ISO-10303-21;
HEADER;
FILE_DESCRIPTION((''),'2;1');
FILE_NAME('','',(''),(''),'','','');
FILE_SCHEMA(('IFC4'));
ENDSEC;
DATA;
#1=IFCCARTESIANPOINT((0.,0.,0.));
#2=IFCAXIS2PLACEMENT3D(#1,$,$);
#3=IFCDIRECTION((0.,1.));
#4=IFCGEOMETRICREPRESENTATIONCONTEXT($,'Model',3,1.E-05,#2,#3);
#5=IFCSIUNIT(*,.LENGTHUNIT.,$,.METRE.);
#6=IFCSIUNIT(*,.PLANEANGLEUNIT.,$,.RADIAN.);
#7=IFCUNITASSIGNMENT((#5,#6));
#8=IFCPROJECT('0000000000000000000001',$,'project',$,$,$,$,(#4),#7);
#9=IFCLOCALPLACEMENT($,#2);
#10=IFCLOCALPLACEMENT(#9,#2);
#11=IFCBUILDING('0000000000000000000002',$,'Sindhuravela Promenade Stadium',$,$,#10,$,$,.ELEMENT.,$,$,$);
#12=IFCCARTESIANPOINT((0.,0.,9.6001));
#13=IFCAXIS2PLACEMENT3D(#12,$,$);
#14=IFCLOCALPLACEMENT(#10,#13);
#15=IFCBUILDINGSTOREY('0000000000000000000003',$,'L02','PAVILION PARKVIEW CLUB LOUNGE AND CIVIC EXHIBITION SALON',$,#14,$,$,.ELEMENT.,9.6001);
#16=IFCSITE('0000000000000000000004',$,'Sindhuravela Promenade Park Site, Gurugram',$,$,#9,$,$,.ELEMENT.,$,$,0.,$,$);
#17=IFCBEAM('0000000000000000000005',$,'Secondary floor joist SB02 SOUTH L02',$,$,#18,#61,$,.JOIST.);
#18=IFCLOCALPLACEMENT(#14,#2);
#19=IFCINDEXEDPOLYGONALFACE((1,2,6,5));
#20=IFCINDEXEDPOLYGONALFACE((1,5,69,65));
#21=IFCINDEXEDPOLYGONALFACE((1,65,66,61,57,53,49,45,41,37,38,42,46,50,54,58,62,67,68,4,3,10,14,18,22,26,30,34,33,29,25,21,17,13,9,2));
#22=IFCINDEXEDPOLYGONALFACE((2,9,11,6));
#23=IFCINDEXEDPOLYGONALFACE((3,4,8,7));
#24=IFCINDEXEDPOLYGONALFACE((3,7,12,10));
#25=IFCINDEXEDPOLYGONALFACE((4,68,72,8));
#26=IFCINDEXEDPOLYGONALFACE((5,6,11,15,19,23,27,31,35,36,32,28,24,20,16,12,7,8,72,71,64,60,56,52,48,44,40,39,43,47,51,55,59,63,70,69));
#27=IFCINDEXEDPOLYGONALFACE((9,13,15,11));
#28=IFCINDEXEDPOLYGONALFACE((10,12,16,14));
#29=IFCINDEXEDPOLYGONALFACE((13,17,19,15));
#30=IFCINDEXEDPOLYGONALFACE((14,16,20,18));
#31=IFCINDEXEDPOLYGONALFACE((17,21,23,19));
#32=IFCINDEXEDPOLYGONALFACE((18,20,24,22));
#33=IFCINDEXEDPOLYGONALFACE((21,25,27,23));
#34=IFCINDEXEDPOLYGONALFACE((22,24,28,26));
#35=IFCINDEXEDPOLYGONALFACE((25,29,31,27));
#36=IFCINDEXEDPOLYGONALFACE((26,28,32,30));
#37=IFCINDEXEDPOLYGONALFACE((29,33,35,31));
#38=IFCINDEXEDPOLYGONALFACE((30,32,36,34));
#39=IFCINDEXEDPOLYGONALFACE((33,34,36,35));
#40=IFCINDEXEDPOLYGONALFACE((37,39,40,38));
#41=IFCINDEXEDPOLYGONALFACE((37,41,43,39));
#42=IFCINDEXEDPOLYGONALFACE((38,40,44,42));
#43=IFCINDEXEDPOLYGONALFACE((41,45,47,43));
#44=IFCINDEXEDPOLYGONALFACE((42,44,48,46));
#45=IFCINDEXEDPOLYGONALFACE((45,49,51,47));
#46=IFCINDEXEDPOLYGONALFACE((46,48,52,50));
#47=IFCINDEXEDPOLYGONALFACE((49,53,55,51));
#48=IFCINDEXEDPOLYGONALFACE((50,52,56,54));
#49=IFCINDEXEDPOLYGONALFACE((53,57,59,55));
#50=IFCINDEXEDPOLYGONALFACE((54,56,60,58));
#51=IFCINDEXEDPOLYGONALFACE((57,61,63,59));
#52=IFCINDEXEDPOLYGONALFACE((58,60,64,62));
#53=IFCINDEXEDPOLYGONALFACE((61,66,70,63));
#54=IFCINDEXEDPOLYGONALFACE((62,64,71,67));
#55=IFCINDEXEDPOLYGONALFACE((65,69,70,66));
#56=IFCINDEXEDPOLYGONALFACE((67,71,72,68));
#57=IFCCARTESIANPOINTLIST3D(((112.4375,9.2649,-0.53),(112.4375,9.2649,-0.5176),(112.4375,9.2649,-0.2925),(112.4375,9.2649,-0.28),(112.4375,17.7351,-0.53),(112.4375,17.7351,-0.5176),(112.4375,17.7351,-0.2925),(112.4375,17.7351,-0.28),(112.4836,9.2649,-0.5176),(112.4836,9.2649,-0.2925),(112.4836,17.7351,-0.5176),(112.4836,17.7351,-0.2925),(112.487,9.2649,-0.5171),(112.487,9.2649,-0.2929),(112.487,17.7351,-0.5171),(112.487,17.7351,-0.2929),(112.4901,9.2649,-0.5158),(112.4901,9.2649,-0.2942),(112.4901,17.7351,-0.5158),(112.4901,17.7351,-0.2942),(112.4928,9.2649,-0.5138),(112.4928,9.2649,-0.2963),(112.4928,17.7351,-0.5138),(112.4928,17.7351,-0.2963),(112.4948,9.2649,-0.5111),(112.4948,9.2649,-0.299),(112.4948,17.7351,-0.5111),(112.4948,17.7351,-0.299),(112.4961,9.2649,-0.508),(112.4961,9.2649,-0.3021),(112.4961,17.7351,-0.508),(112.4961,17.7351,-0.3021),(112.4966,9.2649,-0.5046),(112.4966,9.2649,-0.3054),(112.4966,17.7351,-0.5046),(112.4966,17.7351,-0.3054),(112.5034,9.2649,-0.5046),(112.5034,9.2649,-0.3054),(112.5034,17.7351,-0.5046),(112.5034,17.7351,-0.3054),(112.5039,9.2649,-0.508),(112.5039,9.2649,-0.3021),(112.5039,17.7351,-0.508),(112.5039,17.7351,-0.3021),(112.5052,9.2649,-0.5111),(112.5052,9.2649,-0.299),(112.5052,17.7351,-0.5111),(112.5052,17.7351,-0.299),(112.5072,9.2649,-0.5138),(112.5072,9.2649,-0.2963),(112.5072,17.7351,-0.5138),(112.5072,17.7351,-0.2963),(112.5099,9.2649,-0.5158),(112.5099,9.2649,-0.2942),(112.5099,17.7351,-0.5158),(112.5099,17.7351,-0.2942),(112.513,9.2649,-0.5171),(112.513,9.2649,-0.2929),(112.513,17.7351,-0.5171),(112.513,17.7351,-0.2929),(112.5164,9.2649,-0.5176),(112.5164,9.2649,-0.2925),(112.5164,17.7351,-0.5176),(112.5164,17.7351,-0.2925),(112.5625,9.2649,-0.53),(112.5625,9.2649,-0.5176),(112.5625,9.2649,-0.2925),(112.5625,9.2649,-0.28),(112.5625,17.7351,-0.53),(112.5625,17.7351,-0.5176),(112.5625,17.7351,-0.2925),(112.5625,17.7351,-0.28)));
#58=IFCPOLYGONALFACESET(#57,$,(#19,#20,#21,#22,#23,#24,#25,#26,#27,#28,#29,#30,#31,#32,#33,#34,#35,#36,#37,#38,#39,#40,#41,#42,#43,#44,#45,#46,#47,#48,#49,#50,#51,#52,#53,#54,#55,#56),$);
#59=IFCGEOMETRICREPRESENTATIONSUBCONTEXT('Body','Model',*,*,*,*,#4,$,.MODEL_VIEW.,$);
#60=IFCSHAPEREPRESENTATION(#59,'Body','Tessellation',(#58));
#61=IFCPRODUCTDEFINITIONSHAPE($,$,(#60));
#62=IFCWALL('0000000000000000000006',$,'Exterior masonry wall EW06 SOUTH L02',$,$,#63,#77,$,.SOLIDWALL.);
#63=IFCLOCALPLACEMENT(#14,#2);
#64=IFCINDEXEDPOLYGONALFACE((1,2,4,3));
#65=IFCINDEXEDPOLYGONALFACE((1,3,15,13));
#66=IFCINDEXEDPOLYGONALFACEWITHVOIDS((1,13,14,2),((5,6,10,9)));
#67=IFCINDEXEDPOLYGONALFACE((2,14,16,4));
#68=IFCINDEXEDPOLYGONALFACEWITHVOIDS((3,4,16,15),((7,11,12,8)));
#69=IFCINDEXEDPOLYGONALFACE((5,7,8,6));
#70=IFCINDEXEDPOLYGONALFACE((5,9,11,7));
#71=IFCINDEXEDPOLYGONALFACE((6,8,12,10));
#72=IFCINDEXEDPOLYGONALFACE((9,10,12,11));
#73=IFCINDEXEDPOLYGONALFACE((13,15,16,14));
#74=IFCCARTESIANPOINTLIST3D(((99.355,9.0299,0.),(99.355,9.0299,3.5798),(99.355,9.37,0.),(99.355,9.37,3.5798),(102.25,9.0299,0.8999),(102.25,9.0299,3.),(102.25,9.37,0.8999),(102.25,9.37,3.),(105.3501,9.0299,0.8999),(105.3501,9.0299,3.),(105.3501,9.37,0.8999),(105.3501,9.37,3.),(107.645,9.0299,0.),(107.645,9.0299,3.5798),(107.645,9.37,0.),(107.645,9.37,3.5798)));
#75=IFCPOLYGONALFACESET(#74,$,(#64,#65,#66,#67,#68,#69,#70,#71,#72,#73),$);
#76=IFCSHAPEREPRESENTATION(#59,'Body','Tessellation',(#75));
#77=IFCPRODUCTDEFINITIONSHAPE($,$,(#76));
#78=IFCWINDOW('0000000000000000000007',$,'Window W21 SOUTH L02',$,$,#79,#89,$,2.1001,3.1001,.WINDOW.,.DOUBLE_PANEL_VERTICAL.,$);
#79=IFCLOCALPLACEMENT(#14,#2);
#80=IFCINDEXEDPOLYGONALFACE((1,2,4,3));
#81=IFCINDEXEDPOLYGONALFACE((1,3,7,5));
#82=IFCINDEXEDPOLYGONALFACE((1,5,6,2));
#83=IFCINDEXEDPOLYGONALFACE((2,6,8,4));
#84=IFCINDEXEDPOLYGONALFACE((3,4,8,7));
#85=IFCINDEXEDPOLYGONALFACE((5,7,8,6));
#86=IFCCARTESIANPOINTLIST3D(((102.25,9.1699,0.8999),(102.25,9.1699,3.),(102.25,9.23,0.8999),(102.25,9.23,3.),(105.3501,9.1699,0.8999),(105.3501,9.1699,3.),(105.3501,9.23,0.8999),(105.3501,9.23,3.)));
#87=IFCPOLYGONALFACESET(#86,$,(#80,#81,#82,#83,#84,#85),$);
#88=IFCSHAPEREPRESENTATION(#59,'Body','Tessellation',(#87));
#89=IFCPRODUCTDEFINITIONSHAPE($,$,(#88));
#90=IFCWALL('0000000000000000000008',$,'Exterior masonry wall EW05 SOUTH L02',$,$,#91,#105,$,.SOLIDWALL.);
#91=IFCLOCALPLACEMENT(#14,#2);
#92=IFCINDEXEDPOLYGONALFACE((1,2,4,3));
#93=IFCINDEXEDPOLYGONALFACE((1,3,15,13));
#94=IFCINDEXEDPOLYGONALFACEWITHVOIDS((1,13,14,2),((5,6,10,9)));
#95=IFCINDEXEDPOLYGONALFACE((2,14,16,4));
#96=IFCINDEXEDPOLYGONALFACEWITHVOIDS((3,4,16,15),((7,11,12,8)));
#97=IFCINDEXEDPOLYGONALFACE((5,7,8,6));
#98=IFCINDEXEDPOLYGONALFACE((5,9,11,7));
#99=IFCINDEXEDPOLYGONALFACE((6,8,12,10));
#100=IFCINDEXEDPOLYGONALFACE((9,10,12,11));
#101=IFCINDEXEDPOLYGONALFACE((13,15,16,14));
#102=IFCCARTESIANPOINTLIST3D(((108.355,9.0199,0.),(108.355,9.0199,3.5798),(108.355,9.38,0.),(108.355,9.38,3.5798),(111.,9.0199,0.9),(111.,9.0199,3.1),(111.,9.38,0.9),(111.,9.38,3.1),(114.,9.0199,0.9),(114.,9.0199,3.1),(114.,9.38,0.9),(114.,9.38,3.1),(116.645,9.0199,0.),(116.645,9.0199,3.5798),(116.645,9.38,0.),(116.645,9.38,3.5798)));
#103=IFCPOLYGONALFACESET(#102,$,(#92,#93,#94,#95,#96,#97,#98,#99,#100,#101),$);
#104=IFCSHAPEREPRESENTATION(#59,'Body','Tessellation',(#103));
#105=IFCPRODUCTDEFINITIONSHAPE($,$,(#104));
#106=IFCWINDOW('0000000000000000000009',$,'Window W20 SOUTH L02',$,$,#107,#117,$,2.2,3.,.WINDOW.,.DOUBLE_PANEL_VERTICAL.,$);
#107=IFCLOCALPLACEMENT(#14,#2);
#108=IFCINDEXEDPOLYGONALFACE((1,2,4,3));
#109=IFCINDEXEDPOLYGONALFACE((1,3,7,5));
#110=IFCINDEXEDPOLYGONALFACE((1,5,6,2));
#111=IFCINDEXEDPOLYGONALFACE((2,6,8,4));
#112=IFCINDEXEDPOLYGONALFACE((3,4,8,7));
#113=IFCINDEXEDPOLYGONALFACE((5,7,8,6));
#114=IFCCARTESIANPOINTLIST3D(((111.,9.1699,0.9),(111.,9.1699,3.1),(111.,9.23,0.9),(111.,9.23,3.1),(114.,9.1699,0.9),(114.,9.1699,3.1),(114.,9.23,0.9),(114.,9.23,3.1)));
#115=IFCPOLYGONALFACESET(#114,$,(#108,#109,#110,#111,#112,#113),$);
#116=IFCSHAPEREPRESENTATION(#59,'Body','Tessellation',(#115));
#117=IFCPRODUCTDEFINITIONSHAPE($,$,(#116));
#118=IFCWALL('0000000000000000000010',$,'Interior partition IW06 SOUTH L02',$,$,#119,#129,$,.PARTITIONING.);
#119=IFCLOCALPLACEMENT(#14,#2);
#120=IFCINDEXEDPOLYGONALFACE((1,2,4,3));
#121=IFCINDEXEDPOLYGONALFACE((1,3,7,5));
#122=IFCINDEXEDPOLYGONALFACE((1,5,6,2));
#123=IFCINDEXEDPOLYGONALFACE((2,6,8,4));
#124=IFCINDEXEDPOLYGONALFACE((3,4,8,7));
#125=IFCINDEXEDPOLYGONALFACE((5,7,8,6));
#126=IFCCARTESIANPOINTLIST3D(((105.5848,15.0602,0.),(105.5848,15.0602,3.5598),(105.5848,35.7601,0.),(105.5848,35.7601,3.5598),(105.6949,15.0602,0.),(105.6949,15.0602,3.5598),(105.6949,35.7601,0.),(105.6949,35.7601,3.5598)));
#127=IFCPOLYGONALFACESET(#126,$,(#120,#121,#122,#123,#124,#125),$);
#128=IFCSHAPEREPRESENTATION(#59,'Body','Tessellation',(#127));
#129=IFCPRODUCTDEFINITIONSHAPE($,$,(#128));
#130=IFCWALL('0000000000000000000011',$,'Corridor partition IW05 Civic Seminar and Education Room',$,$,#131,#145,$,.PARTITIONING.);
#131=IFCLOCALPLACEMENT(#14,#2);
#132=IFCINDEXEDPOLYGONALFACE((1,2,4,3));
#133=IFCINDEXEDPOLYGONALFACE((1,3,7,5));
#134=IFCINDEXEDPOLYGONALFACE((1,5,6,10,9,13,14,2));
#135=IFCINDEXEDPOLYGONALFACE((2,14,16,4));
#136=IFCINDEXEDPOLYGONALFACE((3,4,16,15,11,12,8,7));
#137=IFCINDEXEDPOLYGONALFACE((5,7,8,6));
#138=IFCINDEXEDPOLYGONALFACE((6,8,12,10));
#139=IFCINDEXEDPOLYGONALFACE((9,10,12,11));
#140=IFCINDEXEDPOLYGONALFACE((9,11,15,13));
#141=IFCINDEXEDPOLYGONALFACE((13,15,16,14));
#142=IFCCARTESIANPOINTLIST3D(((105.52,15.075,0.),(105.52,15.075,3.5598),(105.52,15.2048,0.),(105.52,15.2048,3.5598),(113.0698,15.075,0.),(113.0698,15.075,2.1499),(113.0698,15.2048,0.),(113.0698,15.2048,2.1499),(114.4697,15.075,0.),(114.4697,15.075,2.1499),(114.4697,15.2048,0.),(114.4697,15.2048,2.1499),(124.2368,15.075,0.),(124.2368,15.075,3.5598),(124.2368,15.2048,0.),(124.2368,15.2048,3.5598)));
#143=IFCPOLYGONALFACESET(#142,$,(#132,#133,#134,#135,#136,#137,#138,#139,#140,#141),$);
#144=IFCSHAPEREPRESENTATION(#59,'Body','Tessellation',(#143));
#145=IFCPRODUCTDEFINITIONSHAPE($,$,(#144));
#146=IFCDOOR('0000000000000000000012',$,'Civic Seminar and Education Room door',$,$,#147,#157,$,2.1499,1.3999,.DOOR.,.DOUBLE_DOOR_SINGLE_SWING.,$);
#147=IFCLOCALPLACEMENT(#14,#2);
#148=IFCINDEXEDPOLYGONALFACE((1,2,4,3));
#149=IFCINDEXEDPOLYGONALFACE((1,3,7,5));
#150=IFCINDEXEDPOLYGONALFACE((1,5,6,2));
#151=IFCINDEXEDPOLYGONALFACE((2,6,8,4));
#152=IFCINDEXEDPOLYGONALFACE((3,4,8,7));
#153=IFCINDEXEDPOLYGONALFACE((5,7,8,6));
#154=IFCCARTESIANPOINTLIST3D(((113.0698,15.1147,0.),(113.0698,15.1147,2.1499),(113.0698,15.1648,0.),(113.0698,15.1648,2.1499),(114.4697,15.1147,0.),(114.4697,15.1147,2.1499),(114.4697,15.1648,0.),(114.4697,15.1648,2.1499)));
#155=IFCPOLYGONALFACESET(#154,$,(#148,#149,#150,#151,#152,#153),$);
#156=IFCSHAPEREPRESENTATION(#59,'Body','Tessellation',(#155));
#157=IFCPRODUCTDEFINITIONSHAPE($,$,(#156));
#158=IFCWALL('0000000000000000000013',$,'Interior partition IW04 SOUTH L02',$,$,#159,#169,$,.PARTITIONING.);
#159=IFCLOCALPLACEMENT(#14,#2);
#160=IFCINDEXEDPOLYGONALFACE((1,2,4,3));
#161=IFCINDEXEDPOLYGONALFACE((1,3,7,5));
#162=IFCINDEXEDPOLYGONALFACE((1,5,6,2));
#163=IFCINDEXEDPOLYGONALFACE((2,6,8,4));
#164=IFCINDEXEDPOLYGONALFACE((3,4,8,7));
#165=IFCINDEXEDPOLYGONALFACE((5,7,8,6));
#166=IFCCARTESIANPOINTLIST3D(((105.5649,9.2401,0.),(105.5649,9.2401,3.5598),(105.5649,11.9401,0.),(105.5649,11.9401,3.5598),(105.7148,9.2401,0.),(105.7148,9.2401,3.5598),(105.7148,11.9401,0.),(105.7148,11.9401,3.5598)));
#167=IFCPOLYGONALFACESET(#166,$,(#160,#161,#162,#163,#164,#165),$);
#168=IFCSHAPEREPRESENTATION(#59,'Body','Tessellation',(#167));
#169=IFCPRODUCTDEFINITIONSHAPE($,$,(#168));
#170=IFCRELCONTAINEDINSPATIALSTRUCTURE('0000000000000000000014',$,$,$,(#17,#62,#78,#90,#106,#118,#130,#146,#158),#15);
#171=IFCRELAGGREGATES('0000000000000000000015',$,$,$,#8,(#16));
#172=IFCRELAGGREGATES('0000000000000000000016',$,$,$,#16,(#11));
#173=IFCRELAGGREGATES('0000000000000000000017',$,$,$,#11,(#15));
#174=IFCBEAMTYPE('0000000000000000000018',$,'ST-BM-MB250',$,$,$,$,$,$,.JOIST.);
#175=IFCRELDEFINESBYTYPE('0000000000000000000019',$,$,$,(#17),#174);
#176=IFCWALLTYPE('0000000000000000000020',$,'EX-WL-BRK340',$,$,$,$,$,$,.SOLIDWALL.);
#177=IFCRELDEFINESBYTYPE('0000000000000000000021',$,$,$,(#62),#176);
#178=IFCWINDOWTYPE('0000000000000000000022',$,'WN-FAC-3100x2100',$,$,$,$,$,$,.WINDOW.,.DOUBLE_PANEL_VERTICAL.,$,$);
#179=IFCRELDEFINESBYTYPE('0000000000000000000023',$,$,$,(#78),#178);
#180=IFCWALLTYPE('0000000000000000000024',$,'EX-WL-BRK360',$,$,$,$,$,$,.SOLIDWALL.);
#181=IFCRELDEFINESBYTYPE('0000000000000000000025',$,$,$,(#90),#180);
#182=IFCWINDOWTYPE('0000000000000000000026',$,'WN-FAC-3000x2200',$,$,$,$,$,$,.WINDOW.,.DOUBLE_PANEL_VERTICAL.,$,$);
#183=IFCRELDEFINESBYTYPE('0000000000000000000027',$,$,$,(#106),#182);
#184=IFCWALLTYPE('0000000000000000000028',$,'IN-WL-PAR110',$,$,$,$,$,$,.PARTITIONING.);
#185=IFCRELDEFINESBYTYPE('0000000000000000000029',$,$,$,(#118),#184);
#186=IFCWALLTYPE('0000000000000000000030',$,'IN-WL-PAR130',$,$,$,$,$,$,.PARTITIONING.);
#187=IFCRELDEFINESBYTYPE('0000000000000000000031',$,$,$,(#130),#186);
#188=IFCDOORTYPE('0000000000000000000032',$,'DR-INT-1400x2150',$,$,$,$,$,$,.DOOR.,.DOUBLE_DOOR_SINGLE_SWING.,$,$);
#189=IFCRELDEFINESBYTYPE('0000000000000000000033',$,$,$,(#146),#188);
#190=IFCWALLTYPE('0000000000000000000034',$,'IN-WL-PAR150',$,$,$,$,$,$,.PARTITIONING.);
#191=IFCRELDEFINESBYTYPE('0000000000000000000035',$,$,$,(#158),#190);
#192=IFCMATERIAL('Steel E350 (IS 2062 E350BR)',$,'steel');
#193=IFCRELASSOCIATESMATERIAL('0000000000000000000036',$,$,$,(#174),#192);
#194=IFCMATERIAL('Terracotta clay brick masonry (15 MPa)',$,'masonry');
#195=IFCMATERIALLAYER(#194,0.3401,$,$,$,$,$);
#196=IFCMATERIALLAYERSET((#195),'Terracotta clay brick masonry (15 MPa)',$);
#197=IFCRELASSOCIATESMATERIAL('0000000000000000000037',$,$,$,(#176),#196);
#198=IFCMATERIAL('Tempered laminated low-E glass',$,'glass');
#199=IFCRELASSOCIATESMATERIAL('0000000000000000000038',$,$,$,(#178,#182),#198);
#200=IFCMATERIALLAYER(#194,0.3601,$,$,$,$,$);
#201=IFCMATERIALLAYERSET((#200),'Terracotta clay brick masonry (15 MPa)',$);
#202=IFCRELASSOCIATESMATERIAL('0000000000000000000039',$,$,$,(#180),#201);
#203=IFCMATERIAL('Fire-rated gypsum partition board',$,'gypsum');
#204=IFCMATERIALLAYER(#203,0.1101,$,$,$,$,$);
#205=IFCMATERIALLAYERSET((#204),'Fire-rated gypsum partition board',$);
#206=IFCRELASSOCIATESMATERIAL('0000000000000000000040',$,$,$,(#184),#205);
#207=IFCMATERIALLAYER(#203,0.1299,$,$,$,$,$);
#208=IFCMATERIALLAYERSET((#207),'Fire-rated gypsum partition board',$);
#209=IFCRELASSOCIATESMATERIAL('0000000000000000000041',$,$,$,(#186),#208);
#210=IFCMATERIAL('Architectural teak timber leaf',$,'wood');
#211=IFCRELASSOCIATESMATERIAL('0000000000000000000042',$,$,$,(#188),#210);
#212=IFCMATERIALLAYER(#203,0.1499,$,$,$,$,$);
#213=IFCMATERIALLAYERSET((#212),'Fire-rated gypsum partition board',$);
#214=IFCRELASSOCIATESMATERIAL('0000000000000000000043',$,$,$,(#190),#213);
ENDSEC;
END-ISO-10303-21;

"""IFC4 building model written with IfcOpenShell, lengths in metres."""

from ifc_helpers import new_model, si_unit, direction, frame, frame_2d, origin, origin_2d, place, context, subcontext, project, spatial, rectangle, i_section, extrude, material, layer, layer_set, material_profile, profile_set, type_object, element, fill, save


model = new_model("IFC4")

# Units and contexts
model_context = context("Model", 3, precision=1e-05, world=origin(), true_north=direction((0.0, 1.0)))
body_context = subcontext(model_context, "Body", "Model", "MODEL_VIEW")
ifc_project = project(units=[si_unit("LENGTHUNIT", "METRE"), si_unit("PLANEANGLEUNIT", "RADIAN")], contexts=[model_context])

# Site, building, storey
site_placement = place(None, origin())
site = spatial("IfcSite", under=ifc_project, at=site_placement, Name="Sindhuravela Promenade Park Site, Gurugram", CompositionType="ELEMENT", RefElevation=0.0)
building_placement = place(site_placement, origin())
building = spatial("IfcBuilding", under=site, at=building_placement, Name="Sindhuravela Promenade Stadium", CompositionType="ELEMENT")
storey_placement = place(building_placement, frame((0.0, 0.0, 9.6001)))
storey = spatial("IfcBuildingStorey", under=building, at=storey_placement, Name="L02", Description="PAVILION PARKVIEW CLUB LOUNGE AND CIVIC EXHIBITION SALON", CompositionType="ELEMENT", Elevation=9.6001)

# Beam
ifc_material_1 = material(Name="Steel E350 (IS 2062 E350BR)", Category="steel")
ifc_material_profile_1 = material_profile(ifc_material_1, i_section(OverallWidth=0.125, OverallDepth=0.25, WebThickness=0.0068, FlangeThickness=0.0125, FilletRadius=0.0129, at=origin_2d()), Name="ISMB 250")
ifc_profile_set_1 = profile_set([ifc_material_profile_1], Name="Steel E350 (IS 2062 E350BR)")
beam_type_1 = type_object("IfcBeamType", Name="ST-BM-MB250", PredefinedType="JOIST", material=ifc_profile_set_1)
beam_1_placement = place(storey_placement, frame((112.5, 9.2649, -0.405), z_axis=(0.0, 1.0, 0.0), x_axis=(-1.0, 0.0, 0.0)))
element("IfcBeam", 1, at=beam_1_placement, inside=storey, type_object=beam_type_1, Name="Secondary floor joist SB02 SOUTH L02", PredefinedType="JOIST", context=body_context, shape_type="SweptSolid", body=[
    extrude(i_section(OverallWidth=0.125, OverallDepth=0.25, WebThickness=0.0068, FlangeThickness=0.0125, FilletRadius=0.0129, at=origin_2d()), origin(), (0.0, 0.0, 1.0), 8.4702),
])

# Walls, openings, windows
ifc_material_2 = material(Name="Terracotta clay brick masonry (15 MPa)", Category="masonry")
ifc_layer_1 = layer(ifc_material_2, 0.3401)
ifc_layer_set_1 = layer_set([ifc_layer_1], Name="Terracotta clay brick masonry (15 MPa)")
wall_type_1 = type_object("IfcWallType", Name="EX-WL-BRK340", PredefinedType="SOLIDWALL", material=ifc_layer_set_1)
wall_1_placement = place(storey_placement, frame((107.645, 9.2, 0.0), z_axis=(0.0, 0.0, 1.0), x_axis=(-1.0, 0.0, 0.0)))
wall_1 = element("IfcWall", 2, at=wall_1_placement, inside=storey, type_object=wall_type_1, Name="Exterior masonry wall EW06 SOUTH L02", PredefinedType="SOLIDWALL", context=body_context, shape_type="SweptSolid", body=[
    extrude(rectangle(XDim=8.29, YDim=0.3401, at=frame_2d((4.145, 0.0))), origin(), (0.0, 0.0, 1.0), 3.5798),
])
opening_1_placement = place(wall_1_placement, frame((2.2949, 0.0, 0.8999)))
opening_1 = element("IfcOpeningElement", 3, at=opening_1_placement, cuts=wall_1, PredefinedType="OPENING", context=body_context, shape_type="SweptSolid", body=[
    extrude(rectangle(XDim=3.1001, YDim=2.1001, at=frame_2d((1.55, 1.05))), frame((0.0, 0.1799, 0.0), z_axis=(0.0, -1.0, 0.0), x_axis=(1.0, 0.0, 0.0)), (0.0, 0.0, 1.0), 0.3601),
])
ifc_material_3 = material(Name="Tempered laminated low-E glass", Category="glass")
window_type_1 = type_object("IfcWindowType", Name="WN-FAC-3100x2100", PartitioningType="DOUBLE_PANEL_VERTICAL", PredefinedType="WINDOW", material=ifc_material_3)
window_1_placement = place(opening_1_placement, origin())
window_1 = element("IfcWindow", 4, at=window_1_placement, inside=storey, type_object=window_type_1, Name="Window W21 SOUTH L02", OverallHeight=2.1001, OverallWidth=3.1001, PartitioningType="DOUBLE_PANEL_VERTICAL", PredefinedType="WINDOW", context=body_context, shape_type="SweptSolid", body=[
    extrude(rectangle(XDim=3.1001, YDim=2.1001, at=frame_2d((1.55, 1.05))), frame((0.0, 0.03, 0.0), z_axis=(0.0, -1.0, 0.0), x_axis=(1.0, 0.0, 0.0)), (0.0, 0.0, 1.0), 0.0601),
])
fill(opening_1, window_1)
ifc_layer_2 = layer(ifc_material_2, 0.3601)
ifc_layer_set_2 = layer_set([ifc_layer_2], Name="Terracotta clay brick masonry (15 MPa)")
wall_type_2 = type_object("IfcWallType", Name="EX-WL-BRK360", PredefinedType="SOLIDWALL", material=ifc_layer_set_2)
wall_2_placement = place(storey_placement, frame((116.645, 9.2, 0.0), z_axis=(0.0, 0.0, 1.0), x_axis=(-1.0, 0.0, 0.0)))
wall_2 = element("IfcWall", 5, at=wall_2_placement, inside=storey, type_object=wall_type_2, Name="Exterior masonry wall EW05 SOUTH L02", PredefinedType="SOLIDWALL", context=body_context, shape_type="SweptSolid", body=[
    extrude(rectangle(XDim=8.29, YDim=0.3601, at=frame_2d((4.145, 0.0))), origin(), (0.0, 0.0, 1.0), 3.5798),
])
opening_2_placement = place(wall_2_placement, frame((2.645, 0.0, 0.8999)))
opening_2 = element("IfcOpeningElement", 6, at=opening_2_placement, cuts=wall_2, PredefinedType="OPENING", context=body_context, shape_type="SweptSolid", body=[
    extrude(rectangle(XDim=3.0, YDim=2.2, at=frame_2d((1.5, 1.1001))), frame((0.0, 0.1899, 0.0), z_axis=(0.0, -1.0, 0.0), x_axis=(1.0, 0.0, 0.0)), (0.0, 0.0, 1.0), 0.3801),
])
window_type_2 = type_object("IfcWindowType", Name="WN-FAC-3000x2200", PartitioningType="DOUBLE_PANEL_VERTICAL", PredefinedType="WINDOW", material=ifc_material_3)
window_2_placement = place(opening_2_placement, origin())
window_2 = element("IfcWindow", 7, at=window_2_placement, inside=storey, type_object=window_type_2, Name="Window W20 SOUTH L02", OverallHeight=2.2, OverallWidth=3.0, PartitioningType="DOUBLE_PANEL_VERTICAL", PredefinedType="WINDOW", context=body_context, shape_type="SweptSolid", body=[
    extrude(rectangle(XDim=3.0, YDim=2.2, at=frame_2d((1.5, 1.1001))), frame((0.0, 0.03, 0.0), z_axis=(0.0, -1.0, 0.0), x_axis=(1.0, 0.0, 0.0)), (0.0, 0.0, 1.0), 0.0601),
])
fill(opening_2, window_2)

# Wall
ifc_material_4 = material(Name="Fire-rated gypsum partition board", Category="gypsum")
ifc_layer_3 = layer(ifc_material_4, 0.1101)
ifc_layer_set_3 = layer_set([ifc_layer_3], Name="Fire-rated gypsum partition board")
wall_type_3 = type_object("IfcWallType", Name="IN-WL-PAR110", PredefinedType="PARTITIONING", material=ifc_layer_set_3)
wall_3_placement = place(storey_placement, frame((105.6399, 15.0601, 0.0), z_axis=(0.0, 0.0, 1.0), x_axis=(0.0, 1.0, 0.0)))
element("IfcWall", 8, at=wall_3_placement, inside=storey, type_object=wall_type_3, Name="Interior partition IW06 SOUTH L02", PredefinedType="PARTITIONING", context=body_context, shape_type="SweptSolid", body=[
    extrude(rectangle(XDim=20.7, YDim=0.1101, at=frame_2d((10.3501, 0.0))), origin(), (0.0, 0.0, 1.0), 3.5598),
])

# Wall, opening, door
ifc_layer_4 = layer(ifc_material_4, 0.1299)
ifc_layer_set_4 = layer_set([ifc_layer_4], Name="Fire-rated gypsum partition board")
wall_type_4 = type_object("IfcWallType", Name="IN-WL-PAR130", PredefinedType="PARTITIONING", material=ifc_layer_set_4)
wall_4_placement = place(storey_placement, frame((105.52, 15.1399, 0.0), z_axis=(0.0, 0.0, 1.0), x_axis=(1.0, 0.0, 0.0)))
wall_4 = element("IfcWall", 9, at=wall_4_placement, inside=storey, type_object=wall_type_4, Name="Corridor partition IW05 Civic Seminar and Education Room", PredefinedType="PARTITIONING", context=body_context, shape_type="SweptSolid", body=[
    extrude(rectangle(XDim=18.7168, YDim=0.1299, at=frame_2d((9.3584, 0.0))), origin(), (0.0, 0.0, 1.0), 3.5598),
])
opening_3_placement = place(wall_4_placement, frame((7.5498, 0.0, 0.0)))
opening_3 = element("IfcOpeningElement", 10, at=opening_3_placement, cuts=wall_4, PredefinedType="OPENING", context=body_context, shape_type="SweptSolid", body=[
    extrude(rectangle(XDim=1.3999, YDim=2.1499, at=frame_2d((0.7, 1.075))), frame((0.0, 0.075, 0.0), z_axis=(0.0, -1.0, 0.0), x_axis=(1.0, 0.0, 0.0)), (0.0, 0.0, 1.0), 0.1499),
])
ifc_material_5 = material(Name="Architectural teak timber leaf", Category="wood")
door_type_1 = type_object("IfcDoorType", Name="DR-INT-1400x2150", OperationType="DOUBLE_DOOR_SINGLE_SWING", PredefinedType="DOOR", material=ifc_material_5)
door_1_placement = place(opening_3_placement, origin())
door_1 = element("IfcDoor", 11, at=door_1_placement, inside=storey, type_object=door_type_1, Name="Civic Seminar and Education Room door", OperationType="DOUBLE_DOOR_SINGLE_SWING", OverallHeight=2.1499, OverallWidth=1.3999, PredefinedType="DOOR", context=body_context, shape_type="SweptSolid", body=[
    extrude(rectangle(XDim=1.3999, YDim=2.1499, at=frame_2d((0.7, 1.075))), frame((0.0, 0.0249, 0.0), z_axis=(0.0, -1.0, 0.0), x_axis=(1.0, 0.0, 0.0)), (0.0, 0.0, 1.0), 0.05),
])
fill(opening_3, door_1)

# Wall
ifc_layer_5 = layer(ifc_material_4, 0.1499)
ifc_layer_set_5 = layer_set([ifc_layer_5], Name="Fire-rated gypsum partition board")
wall_type_5 = type_object("IfcWallType", Name="IN-WL-PAR150", PredefinedType="PARTITIONING", material=ifc_layer_set_5)
wall_5_placement = place(storey_placement, frame((105.6399, 9.24, 0.0), z_axis=(0.0, 0.0, 1.0), x_axis=(0.0, 1.0, 0.0)))
element("IfcWall", 12, at=wall_5_placement, inside=storey, type_object=wall_type_5, Name="Interior partition IW04 SOUTH L02", PredefinedType="PARTITIONING", context=body_context, shape_type="SweptSolid", body=[
    extrude(rectangle(XDim=2.7, YDim=0.1499, at=frame_2d((1.3501, 0.0))), origin(), (0.0, 0.0, 1.0), 3.5598),
])

save(model, "model.ifc")
